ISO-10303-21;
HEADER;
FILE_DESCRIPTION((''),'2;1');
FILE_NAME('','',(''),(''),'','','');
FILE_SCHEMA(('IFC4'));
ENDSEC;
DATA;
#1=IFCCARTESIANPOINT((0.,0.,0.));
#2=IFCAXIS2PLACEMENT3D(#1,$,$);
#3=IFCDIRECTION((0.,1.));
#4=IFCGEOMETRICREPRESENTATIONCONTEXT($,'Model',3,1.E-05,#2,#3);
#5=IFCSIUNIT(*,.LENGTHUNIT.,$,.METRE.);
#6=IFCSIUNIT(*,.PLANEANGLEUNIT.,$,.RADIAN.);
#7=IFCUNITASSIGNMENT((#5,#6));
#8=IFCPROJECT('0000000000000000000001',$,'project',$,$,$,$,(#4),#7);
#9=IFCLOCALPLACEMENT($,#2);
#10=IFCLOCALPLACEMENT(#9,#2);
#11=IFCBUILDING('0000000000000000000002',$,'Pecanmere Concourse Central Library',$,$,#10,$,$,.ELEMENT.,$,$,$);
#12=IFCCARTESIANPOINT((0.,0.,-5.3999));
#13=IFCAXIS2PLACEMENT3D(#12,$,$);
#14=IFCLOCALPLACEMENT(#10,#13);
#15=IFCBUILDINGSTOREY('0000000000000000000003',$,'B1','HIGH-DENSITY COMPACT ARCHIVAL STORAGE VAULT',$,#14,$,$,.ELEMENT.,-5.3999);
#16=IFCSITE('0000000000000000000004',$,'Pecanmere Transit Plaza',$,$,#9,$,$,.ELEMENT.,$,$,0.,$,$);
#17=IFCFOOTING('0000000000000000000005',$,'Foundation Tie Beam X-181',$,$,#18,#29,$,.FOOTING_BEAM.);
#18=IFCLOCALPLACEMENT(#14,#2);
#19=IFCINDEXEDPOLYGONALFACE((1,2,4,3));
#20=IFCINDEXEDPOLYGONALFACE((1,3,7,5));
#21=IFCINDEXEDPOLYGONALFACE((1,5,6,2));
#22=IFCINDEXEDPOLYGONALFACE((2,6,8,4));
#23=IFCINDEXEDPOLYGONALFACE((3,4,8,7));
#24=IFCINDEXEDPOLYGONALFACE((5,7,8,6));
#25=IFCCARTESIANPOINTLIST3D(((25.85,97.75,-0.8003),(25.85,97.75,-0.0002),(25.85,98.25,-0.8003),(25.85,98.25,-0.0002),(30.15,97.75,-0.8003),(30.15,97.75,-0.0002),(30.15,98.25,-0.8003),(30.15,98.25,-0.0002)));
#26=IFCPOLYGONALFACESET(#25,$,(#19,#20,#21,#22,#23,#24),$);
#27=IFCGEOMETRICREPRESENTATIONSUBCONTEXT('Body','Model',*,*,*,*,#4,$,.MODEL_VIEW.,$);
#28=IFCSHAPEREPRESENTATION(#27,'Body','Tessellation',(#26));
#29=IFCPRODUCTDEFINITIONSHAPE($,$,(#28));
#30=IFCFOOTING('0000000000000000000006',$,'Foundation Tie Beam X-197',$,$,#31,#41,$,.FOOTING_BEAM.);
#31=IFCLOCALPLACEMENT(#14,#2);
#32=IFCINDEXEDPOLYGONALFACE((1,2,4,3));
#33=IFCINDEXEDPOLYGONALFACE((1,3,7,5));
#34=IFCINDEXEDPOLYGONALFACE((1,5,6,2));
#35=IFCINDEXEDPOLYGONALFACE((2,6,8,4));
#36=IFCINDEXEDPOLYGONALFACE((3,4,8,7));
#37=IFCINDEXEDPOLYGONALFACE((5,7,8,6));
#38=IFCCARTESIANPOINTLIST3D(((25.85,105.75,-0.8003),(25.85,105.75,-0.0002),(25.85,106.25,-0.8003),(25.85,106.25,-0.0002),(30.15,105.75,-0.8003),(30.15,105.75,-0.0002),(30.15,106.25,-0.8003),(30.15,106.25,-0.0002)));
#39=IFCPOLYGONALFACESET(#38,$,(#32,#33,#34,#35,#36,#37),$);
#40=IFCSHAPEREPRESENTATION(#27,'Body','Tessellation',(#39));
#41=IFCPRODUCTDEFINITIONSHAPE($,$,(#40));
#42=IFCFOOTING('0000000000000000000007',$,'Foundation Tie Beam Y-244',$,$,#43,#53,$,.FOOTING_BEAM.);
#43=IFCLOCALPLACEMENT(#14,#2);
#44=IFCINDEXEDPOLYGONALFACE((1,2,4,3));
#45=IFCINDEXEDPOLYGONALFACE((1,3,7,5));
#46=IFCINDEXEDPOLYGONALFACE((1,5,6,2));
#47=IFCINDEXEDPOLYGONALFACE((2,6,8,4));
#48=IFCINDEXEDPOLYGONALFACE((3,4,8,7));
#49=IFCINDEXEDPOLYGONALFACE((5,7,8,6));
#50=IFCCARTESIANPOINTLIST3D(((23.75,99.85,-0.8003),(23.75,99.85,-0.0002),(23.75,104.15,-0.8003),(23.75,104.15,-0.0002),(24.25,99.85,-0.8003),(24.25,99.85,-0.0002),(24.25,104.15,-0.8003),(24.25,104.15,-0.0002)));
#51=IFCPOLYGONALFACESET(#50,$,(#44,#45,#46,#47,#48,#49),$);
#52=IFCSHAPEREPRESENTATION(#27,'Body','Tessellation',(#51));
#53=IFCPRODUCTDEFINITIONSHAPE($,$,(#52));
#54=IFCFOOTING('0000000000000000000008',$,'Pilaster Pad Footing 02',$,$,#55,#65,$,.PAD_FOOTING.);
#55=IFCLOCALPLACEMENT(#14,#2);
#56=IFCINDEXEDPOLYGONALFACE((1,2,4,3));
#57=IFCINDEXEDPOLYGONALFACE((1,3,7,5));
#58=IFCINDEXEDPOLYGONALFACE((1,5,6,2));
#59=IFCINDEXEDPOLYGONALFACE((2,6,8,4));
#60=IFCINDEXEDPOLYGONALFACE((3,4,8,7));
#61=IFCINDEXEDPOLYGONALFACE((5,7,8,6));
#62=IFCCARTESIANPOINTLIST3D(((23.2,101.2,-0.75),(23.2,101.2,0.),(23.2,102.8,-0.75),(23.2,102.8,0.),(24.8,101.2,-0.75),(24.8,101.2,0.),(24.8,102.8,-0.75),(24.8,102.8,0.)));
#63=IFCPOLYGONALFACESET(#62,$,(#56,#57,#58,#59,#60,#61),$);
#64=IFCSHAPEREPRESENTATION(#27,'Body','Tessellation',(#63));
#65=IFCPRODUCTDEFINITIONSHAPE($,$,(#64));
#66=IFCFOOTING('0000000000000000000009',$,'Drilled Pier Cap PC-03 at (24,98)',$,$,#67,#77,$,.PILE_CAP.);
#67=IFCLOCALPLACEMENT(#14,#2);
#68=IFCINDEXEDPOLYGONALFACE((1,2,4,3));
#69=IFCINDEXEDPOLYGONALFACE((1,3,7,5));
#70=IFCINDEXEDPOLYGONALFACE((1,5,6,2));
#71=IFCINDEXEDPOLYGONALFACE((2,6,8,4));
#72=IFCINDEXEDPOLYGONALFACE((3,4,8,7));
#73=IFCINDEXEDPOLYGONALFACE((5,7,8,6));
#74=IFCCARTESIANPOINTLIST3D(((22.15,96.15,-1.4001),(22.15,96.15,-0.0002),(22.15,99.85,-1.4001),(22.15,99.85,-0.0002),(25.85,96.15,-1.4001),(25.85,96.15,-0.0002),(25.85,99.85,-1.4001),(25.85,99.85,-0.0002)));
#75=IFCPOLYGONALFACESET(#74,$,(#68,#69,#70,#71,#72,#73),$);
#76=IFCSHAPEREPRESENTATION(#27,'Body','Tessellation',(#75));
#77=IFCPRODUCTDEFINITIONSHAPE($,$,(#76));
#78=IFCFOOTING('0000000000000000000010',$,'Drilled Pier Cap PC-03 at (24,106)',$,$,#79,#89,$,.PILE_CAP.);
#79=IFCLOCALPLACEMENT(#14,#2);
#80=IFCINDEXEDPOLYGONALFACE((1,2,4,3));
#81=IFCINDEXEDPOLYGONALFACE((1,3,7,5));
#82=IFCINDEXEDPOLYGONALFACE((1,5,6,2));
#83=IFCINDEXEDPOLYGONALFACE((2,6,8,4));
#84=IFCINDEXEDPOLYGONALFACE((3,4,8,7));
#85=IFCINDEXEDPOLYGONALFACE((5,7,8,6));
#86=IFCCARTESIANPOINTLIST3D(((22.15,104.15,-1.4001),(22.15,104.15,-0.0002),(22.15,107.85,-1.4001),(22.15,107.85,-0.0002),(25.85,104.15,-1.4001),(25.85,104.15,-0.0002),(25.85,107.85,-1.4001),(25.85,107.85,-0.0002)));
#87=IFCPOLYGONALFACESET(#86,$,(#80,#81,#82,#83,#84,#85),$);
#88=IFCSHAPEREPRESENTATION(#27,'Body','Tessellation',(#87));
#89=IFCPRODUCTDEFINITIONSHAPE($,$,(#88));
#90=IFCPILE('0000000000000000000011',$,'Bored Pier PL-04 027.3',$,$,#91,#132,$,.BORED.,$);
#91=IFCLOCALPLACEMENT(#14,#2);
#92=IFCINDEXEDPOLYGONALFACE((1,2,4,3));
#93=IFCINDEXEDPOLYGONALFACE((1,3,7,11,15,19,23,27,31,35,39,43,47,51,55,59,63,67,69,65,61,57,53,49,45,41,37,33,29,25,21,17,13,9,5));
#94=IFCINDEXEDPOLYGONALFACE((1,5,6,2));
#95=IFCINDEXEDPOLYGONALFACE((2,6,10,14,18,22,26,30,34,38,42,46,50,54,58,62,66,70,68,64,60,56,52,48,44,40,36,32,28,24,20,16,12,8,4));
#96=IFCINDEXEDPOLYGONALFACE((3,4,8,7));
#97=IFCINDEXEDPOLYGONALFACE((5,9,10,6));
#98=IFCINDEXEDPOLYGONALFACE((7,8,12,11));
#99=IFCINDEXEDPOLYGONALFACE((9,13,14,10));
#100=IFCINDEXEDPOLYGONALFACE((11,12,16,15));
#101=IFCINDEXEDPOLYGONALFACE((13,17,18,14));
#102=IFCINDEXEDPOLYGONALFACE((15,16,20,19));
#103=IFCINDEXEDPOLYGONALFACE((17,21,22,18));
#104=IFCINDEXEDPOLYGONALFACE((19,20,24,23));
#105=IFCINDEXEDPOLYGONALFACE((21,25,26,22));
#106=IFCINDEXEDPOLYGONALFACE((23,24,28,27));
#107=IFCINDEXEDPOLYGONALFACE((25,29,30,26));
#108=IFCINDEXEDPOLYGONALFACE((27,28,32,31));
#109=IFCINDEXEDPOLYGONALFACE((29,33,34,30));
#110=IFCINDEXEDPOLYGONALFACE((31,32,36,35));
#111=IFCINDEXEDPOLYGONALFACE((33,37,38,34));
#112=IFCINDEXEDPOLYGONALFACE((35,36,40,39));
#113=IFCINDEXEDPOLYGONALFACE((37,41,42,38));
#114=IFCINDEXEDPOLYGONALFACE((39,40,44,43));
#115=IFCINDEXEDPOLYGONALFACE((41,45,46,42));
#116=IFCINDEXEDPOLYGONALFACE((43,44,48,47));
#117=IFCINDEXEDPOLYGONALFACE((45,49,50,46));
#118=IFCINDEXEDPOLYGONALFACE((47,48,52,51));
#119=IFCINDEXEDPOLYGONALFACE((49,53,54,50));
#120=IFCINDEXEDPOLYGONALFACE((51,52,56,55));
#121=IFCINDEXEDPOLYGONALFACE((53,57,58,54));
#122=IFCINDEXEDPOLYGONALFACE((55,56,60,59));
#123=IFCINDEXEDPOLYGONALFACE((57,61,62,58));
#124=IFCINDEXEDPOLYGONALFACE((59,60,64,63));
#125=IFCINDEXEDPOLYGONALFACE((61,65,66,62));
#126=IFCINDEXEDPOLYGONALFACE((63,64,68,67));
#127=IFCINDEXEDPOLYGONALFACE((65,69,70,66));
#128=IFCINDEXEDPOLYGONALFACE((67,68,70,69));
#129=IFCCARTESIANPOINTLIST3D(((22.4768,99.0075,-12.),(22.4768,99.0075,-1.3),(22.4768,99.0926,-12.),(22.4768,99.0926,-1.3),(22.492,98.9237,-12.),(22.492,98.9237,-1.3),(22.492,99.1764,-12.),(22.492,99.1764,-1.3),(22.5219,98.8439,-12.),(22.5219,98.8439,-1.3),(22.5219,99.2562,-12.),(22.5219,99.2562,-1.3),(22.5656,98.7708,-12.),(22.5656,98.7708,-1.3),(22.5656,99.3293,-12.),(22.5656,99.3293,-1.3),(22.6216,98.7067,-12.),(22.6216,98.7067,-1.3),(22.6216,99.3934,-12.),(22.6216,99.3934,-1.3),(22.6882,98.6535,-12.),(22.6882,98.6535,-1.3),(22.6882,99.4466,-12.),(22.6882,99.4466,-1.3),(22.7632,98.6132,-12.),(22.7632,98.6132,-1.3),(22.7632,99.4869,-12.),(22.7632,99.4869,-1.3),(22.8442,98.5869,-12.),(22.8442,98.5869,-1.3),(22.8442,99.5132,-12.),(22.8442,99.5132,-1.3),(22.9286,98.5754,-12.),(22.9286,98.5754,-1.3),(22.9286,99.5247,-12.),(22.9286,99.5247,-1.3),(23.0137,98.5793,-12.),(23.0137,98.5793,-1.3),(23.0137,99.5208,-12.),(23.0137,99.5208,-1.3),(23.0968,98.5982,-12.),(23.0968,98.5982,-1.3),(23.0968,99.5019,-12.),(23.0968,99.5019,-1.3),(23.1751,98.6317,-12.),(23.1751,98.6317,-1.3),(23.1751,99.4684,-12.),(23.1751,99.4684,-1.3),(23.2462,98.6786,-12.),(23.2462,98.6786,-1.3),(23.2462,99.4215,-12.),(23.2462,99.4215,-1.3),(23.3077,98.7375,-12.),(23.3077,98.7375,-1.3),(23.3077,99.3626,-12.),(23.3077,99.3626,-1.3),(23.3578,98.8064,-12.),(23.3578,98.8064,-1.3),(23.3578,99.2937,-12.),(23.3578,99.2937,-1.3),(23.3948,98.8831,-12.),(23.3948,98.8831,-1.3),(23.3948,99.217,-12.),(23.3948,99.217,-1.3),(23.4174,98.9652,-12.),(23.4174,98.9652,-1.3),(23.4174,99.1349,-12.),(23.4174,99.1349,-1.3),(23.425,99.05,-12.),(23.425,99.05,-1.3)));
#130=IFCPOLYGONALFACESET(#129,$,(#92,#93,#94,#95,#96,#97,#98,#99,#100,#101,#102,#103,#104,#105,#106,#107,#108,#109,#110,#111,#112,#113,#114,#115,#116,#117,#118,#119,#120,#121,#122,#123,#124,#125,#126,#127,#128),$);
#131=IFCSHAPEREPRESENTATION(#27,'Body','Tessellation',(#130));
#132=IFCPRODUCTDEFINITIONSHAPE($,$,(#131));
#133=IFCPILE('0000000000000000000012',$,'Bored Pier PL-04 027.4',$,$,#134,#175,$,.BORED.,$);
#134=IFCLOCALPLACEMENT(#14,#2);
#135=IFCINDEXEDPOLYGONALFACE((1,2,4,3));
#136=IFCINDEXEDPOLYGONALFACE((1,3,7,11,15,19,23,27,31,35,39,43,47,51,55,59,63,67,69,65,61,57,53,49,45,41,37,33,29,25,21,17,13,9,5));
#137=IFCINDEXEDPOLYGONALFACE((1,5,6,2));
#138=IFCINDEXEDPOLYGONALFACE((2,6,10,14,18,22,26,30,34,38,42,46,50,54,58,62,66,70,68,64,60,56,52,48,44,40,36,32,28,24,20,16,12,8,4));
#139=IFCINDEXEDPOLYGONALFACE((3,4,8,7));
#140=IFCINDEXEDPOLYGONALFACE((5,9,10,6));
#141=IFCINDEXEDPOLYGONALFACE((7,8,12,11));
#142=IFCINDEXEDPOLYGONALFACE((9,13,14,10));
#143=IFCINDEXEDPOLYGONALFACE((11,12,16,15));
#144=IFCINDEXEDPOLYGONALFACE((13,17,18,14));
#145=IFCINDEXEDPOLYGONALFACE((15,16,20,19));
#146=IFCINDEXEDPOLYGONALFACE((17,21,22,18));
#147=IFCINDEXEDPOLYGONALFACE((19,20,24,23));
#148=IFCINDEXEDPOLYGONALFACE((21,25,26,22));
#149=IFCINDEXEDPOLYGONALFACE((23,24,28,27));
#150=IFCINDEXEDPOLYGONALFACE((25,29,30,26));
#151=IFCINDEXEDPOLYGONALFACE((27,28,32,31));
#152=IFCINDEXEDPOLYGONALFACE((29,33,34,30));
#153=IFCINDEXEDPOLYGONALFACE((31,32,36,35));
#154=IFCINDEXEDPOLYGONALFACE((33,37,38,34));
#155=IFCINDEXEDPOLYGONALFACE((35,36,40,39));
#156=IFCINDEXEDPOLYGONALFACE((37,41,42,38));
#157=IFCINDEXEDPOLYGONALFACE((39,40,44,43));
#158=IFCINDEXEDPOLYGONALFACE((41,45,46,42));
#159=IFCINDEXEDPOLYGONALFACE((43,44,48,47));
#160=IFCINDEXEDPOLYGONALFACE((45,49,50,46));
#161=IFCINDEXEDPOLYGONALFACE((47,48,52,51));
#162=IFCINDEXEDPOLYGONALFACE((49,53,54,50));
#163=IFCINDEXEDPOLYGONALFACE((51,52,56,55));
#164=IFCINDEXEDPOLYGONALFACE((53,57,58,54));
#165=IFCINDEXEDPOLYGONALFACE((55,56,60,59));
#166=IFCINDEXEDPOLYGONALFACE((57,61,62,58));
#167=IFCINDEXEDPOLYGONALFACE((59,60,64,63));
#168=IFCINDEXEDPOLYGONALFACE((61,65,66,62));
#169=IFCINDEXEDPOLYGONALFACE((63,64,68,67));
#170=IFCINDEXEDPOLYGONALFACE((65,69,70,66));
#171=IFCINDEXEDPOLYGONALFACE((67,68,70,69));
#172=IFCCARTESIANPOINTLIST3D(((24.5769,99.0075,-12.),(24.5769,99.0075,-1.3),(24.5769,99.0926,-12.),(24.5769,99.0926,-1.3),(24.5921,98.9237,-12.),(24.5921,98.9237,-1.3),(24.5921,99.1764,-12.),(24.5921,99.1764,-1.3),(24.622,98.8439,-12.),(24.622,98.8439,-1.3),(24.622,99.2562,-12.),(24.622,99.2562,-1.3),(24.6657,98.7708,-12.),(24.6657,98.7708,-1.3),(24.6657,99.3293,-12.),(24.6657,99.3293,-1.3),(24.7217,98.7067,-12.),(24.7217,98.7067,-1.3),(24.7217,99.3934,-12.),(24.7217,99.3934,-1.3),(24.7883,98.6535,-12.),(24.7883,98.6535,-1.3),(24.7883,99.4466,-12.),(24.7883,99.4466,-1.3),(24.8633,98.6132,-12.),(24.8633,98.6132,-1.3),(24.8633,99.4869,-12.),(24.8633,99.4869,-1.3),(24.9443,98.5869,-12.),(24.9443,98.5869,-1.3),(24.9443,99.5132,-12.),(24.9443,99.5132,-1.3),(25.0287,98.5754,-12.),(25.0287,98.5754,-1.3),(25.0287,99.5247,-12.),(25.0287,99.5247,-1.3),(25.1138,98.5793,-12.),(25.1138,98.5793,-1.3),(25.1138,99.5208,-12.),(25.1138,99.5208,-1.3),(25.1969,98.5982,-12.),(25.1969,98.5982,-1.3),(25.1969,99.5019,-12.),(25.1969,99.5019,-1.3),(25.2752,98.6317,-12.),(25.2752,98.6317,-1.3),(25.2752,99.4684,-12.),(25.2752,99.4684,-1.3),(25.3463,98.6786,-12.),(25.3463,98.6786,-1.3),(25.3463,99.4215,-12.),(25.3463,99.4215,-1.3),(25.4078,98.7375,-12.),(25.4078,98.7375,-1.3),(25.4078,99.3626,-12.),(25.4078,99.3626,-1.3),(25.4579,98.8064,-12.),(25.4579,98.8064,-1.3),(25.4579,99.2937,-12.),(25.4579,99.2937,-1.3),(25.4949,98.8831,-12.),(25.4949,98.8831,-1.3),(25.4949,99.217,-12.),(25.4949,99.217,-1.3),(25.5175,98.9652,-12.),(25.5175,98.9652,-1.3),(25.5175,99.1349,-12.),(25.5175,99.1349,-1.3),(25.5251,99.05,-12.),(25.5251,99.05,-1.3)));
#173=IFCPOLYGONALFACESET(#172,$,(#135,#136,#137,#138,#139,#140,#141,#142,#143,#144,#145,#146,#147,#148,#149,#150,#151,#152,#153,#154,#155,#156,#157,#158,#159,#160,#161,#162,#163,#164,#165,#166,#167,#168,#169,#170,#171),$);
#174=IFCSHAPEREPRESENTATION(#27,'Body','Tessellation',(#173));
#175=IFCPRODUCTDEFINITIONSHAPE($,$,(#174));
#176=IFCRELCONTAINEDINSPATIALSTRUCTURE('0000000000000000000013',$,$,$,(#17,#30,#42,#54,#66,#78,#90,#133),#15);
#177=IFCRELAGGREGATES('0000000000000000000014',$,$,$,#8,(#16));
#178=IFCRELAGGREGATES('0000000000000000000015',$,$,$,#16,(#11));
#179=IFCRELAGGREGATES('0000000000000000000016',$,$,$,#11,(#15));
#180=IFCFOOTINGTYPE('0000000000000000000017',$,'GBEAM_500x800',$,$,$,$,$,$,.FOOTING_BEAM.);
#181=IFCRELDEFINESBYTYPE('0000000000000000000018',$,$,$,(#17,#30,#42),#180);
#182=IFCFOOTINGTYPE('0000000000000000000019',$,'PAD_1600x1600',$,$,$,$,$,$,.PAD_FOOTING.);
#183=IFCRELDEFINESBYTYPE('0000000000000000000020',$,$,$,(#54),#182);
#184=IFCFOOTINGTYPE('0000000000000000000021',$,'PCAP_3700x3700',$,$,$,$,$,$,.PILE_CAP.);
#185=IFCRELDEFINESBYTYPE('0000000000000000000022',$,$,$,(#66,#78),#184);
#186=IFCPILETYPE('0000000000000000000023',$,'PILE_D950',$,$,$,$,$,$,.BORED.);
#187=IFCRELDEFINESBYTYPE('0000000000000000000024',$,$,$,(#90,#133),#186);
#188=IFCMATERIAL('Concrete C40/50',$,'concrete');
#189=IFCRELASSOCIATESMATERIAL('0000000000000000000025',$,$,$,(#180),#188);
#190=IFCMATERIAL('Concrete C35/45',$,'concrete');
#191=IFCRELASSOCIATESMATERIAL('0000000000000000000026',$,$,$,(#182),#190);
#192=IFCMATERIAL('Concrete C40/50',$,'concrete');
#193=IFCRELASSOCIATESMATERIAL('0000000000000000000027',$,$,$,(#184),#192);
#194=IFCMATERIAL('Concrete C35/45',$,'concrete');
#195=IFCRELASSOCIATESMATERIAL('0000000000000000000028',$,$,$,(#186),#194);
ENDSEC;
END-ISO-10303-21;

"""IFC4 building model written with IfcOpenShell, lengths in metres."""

from ifc_helpers import new_model, si_unit, direction, frame, origin, origin_2d, place, context, subcontext, project, spatial, rectangle, circle, extrude, material, material_profile, profile_set, type_object, element, save


model = new_model("IFC4")

# Units and contexts
model_context = context("Model", 3, precision=1e-05, world=origin(), true_north=direction((0.0, 1.0)))
body_context = subcontext(model_context, "Body", "Model", "MODEL_VIEW")
ifc_project = project(units=[si_unit("LENGTHUNIT", "METRE"), si_unit("PLANEANGLEUNIT", "RADIAN")], contexts=[model_context])

# Site, building, storey
site_placement = place(None, origin())
site = spatial("IfcSite", under=ifc_project, at=site_placement, Name="Pecanmere Transit Plaza", CompositionType="ELEMENT", RefElevation=0.0)
building_placement = place(site_placement, origin())
building = spatial("IfcBuilding", under=site, at=building_placement, Name="Pecanmere Concourse Central Library", CompositionType="ELEMENT")
storey_placement = place(building_placement, frame((0.0, 0.0, -5.3999)))
storey = spatial("IfcBuildingStorey", under=building, at=storey_placement, Name="B1", Description="HIGH-DENSITY COMPACT ARCHIVAL STORAGE VAULT", CompositionType="ELEMENT", Elevation=-5.3999)

# Footings
ifc_material_1 = material(Name="Concrete C40/50", Category="concrete")
ifc_material_profile_1 = material_profile(ifc_material_1, rectangle(XDim=0.5, YDim=0.8, at=origin_2d()), Name="RC 500x800")
ifc_profile_set_1 = profile_set([ifc_material_profile_1], Name="Concrete C40/50")
footing_type_1 = type_object("IfcFootingType", Name="GBEAM_500x800", PredefinedType="FOOTING_BEAM", material=ifc_profile_set_1)
for number, where, z_axis, x_axis, name in (
    (1, (28.0, 98.0, -0.8003), (0.0, 0.0, 1.0), (1.0, 0.0, 0.0), "Foundation Tie Beam X-181"),
    (2, (28.0, 106.0, -0.8003), (0.0, 0.0, 1.0), (1.0, 0.0, 0.0), "Foundation Tie Beam X-197"),
    (3, (24.0, 102.0, -0.8003), (0.0, 0.0, 1.0), (0.0, 1.0, 0.0), "Foundation Tie Beam Y-244"),
):
    element("IfcFooting", number, at=place(storey_placement, frame(where, z_axis=z_axis, x_axis=x_axis)), inside=storey, type_object=footing_type_1, Name=name, PredefinedType="FOOTING_BEAM", context=body_context, shape_type="SweptSolid", body=[
        extrude(rectangle(XDim=4.3, YDim=0.5, at=origin_2d()), origin(), (0.0, 0.0, 1.0), 0.8),
    ])
ifc_material_2 = material(Name="Concrete C35/45", Category="concrete")
footing_type_2 = type_object("IfcFootingType", Name="PAD_1600x1600", PredefinedType="PAD_FOOTING", material=ifc_material_2)
footing_placement = place(storey_placement, frame((24.0, 102.0, -0.75), z_axis=(0.0, 0.0, 1.0), x_axis=(1.0, 0.0, 0.0)))
element("IfcFooting", 4, at=footing_placement, inside=storey, type_object=footing_type_2, Name="Pilaster Pad Footing 02", PredefinedType="PAD_FOOTING", context=body_context, shape_type="SweptSolid", body=[
    extrude(rectangle(XDim=1.6001, YDim=1.6001, at=origin_2d()), origin(), (0.0, 0.0, 1.0), 0.75),
])
ifc_material_3 = material(Name="Concrete C40/50", Category="concrete")
footing_type_3 = type_object("IfcFootingType", Name="PCAP_3700x3700", PredefinedType="PILE_CAP", material=ifc_material_3)
for number, where, z_axis, x_axis, name in (
    (5, (24.0, 98.0, -1.4001), (0.0, 0.0, 1.0), (1.0, 0.0, 0.0), "Drilled Pier Cap PC-03 at (24,98)"),
    (6, (24.0, 106.0, -1.4001), (0.0, 0.0, 1.0), (1.0, 0.0, 0.0), "Drilled Pier Cap PC-03 at (24,106)"),
):
    element("IfcFooting", number, at=place(storey_placement, frame(where, z_axis=z_axis, x_axis=x_axis)), inside=storey, type_object=footing_type_3, Name=name, PredefinedType="PILE_CAP", context=body_context, shape_type="SweptSolid", body=[
        extrude(rectangle(XDim=3.7, YDim=3.7, at=origin_2d()), origin(), (0.0, 0.0, 1.0), 1.3999),
    ])

# Piles
ifc_material_4 = material(Name="Concrete C35/45", Category="concrete")
ifc_material_profile_2 = material_profile(ifc_material_4, circle(Radius=0.4751, at=origin_2d()), Name="PIER D950")
ifc_profile_set_2 = profile_set([ifc_material_profile_2], Name="Concrete C35/45")
pile_type = type_object("IfcPileType", Name="PILE_D950", PredefinedType="BORED", material=ifc_profile_set_2)
for number, where, z_axis, x_axis, name in (
    (7, (22.95, 99.05, -1.3), (0.0, 0.0, -1.0), (1.0, 0.0, 0.0), "Bored Pier PL-04 027.3"),
    (8, (25.05, 99.05, -1.3), (0.0, 0.0, -1.0), (1.0, 0.0, 0.0), "Bored Pier PL-04 027.4"),
):
    element("IfcPile", number, at=place(storey_placement, frame(where, z_axis=z_axis, x_axis=x_axis)), inside=storey, type_object=pile_type, Name=name, PredefinedType="BORED", context=body_context, shape_type="SweptSolid", body=[
        extrude(circle(Radius=0.4751, at=origin_2d()), origin(), (0.0, 0.0, 1.0), 10.7),
    ])

save(model, "model.ifc")
